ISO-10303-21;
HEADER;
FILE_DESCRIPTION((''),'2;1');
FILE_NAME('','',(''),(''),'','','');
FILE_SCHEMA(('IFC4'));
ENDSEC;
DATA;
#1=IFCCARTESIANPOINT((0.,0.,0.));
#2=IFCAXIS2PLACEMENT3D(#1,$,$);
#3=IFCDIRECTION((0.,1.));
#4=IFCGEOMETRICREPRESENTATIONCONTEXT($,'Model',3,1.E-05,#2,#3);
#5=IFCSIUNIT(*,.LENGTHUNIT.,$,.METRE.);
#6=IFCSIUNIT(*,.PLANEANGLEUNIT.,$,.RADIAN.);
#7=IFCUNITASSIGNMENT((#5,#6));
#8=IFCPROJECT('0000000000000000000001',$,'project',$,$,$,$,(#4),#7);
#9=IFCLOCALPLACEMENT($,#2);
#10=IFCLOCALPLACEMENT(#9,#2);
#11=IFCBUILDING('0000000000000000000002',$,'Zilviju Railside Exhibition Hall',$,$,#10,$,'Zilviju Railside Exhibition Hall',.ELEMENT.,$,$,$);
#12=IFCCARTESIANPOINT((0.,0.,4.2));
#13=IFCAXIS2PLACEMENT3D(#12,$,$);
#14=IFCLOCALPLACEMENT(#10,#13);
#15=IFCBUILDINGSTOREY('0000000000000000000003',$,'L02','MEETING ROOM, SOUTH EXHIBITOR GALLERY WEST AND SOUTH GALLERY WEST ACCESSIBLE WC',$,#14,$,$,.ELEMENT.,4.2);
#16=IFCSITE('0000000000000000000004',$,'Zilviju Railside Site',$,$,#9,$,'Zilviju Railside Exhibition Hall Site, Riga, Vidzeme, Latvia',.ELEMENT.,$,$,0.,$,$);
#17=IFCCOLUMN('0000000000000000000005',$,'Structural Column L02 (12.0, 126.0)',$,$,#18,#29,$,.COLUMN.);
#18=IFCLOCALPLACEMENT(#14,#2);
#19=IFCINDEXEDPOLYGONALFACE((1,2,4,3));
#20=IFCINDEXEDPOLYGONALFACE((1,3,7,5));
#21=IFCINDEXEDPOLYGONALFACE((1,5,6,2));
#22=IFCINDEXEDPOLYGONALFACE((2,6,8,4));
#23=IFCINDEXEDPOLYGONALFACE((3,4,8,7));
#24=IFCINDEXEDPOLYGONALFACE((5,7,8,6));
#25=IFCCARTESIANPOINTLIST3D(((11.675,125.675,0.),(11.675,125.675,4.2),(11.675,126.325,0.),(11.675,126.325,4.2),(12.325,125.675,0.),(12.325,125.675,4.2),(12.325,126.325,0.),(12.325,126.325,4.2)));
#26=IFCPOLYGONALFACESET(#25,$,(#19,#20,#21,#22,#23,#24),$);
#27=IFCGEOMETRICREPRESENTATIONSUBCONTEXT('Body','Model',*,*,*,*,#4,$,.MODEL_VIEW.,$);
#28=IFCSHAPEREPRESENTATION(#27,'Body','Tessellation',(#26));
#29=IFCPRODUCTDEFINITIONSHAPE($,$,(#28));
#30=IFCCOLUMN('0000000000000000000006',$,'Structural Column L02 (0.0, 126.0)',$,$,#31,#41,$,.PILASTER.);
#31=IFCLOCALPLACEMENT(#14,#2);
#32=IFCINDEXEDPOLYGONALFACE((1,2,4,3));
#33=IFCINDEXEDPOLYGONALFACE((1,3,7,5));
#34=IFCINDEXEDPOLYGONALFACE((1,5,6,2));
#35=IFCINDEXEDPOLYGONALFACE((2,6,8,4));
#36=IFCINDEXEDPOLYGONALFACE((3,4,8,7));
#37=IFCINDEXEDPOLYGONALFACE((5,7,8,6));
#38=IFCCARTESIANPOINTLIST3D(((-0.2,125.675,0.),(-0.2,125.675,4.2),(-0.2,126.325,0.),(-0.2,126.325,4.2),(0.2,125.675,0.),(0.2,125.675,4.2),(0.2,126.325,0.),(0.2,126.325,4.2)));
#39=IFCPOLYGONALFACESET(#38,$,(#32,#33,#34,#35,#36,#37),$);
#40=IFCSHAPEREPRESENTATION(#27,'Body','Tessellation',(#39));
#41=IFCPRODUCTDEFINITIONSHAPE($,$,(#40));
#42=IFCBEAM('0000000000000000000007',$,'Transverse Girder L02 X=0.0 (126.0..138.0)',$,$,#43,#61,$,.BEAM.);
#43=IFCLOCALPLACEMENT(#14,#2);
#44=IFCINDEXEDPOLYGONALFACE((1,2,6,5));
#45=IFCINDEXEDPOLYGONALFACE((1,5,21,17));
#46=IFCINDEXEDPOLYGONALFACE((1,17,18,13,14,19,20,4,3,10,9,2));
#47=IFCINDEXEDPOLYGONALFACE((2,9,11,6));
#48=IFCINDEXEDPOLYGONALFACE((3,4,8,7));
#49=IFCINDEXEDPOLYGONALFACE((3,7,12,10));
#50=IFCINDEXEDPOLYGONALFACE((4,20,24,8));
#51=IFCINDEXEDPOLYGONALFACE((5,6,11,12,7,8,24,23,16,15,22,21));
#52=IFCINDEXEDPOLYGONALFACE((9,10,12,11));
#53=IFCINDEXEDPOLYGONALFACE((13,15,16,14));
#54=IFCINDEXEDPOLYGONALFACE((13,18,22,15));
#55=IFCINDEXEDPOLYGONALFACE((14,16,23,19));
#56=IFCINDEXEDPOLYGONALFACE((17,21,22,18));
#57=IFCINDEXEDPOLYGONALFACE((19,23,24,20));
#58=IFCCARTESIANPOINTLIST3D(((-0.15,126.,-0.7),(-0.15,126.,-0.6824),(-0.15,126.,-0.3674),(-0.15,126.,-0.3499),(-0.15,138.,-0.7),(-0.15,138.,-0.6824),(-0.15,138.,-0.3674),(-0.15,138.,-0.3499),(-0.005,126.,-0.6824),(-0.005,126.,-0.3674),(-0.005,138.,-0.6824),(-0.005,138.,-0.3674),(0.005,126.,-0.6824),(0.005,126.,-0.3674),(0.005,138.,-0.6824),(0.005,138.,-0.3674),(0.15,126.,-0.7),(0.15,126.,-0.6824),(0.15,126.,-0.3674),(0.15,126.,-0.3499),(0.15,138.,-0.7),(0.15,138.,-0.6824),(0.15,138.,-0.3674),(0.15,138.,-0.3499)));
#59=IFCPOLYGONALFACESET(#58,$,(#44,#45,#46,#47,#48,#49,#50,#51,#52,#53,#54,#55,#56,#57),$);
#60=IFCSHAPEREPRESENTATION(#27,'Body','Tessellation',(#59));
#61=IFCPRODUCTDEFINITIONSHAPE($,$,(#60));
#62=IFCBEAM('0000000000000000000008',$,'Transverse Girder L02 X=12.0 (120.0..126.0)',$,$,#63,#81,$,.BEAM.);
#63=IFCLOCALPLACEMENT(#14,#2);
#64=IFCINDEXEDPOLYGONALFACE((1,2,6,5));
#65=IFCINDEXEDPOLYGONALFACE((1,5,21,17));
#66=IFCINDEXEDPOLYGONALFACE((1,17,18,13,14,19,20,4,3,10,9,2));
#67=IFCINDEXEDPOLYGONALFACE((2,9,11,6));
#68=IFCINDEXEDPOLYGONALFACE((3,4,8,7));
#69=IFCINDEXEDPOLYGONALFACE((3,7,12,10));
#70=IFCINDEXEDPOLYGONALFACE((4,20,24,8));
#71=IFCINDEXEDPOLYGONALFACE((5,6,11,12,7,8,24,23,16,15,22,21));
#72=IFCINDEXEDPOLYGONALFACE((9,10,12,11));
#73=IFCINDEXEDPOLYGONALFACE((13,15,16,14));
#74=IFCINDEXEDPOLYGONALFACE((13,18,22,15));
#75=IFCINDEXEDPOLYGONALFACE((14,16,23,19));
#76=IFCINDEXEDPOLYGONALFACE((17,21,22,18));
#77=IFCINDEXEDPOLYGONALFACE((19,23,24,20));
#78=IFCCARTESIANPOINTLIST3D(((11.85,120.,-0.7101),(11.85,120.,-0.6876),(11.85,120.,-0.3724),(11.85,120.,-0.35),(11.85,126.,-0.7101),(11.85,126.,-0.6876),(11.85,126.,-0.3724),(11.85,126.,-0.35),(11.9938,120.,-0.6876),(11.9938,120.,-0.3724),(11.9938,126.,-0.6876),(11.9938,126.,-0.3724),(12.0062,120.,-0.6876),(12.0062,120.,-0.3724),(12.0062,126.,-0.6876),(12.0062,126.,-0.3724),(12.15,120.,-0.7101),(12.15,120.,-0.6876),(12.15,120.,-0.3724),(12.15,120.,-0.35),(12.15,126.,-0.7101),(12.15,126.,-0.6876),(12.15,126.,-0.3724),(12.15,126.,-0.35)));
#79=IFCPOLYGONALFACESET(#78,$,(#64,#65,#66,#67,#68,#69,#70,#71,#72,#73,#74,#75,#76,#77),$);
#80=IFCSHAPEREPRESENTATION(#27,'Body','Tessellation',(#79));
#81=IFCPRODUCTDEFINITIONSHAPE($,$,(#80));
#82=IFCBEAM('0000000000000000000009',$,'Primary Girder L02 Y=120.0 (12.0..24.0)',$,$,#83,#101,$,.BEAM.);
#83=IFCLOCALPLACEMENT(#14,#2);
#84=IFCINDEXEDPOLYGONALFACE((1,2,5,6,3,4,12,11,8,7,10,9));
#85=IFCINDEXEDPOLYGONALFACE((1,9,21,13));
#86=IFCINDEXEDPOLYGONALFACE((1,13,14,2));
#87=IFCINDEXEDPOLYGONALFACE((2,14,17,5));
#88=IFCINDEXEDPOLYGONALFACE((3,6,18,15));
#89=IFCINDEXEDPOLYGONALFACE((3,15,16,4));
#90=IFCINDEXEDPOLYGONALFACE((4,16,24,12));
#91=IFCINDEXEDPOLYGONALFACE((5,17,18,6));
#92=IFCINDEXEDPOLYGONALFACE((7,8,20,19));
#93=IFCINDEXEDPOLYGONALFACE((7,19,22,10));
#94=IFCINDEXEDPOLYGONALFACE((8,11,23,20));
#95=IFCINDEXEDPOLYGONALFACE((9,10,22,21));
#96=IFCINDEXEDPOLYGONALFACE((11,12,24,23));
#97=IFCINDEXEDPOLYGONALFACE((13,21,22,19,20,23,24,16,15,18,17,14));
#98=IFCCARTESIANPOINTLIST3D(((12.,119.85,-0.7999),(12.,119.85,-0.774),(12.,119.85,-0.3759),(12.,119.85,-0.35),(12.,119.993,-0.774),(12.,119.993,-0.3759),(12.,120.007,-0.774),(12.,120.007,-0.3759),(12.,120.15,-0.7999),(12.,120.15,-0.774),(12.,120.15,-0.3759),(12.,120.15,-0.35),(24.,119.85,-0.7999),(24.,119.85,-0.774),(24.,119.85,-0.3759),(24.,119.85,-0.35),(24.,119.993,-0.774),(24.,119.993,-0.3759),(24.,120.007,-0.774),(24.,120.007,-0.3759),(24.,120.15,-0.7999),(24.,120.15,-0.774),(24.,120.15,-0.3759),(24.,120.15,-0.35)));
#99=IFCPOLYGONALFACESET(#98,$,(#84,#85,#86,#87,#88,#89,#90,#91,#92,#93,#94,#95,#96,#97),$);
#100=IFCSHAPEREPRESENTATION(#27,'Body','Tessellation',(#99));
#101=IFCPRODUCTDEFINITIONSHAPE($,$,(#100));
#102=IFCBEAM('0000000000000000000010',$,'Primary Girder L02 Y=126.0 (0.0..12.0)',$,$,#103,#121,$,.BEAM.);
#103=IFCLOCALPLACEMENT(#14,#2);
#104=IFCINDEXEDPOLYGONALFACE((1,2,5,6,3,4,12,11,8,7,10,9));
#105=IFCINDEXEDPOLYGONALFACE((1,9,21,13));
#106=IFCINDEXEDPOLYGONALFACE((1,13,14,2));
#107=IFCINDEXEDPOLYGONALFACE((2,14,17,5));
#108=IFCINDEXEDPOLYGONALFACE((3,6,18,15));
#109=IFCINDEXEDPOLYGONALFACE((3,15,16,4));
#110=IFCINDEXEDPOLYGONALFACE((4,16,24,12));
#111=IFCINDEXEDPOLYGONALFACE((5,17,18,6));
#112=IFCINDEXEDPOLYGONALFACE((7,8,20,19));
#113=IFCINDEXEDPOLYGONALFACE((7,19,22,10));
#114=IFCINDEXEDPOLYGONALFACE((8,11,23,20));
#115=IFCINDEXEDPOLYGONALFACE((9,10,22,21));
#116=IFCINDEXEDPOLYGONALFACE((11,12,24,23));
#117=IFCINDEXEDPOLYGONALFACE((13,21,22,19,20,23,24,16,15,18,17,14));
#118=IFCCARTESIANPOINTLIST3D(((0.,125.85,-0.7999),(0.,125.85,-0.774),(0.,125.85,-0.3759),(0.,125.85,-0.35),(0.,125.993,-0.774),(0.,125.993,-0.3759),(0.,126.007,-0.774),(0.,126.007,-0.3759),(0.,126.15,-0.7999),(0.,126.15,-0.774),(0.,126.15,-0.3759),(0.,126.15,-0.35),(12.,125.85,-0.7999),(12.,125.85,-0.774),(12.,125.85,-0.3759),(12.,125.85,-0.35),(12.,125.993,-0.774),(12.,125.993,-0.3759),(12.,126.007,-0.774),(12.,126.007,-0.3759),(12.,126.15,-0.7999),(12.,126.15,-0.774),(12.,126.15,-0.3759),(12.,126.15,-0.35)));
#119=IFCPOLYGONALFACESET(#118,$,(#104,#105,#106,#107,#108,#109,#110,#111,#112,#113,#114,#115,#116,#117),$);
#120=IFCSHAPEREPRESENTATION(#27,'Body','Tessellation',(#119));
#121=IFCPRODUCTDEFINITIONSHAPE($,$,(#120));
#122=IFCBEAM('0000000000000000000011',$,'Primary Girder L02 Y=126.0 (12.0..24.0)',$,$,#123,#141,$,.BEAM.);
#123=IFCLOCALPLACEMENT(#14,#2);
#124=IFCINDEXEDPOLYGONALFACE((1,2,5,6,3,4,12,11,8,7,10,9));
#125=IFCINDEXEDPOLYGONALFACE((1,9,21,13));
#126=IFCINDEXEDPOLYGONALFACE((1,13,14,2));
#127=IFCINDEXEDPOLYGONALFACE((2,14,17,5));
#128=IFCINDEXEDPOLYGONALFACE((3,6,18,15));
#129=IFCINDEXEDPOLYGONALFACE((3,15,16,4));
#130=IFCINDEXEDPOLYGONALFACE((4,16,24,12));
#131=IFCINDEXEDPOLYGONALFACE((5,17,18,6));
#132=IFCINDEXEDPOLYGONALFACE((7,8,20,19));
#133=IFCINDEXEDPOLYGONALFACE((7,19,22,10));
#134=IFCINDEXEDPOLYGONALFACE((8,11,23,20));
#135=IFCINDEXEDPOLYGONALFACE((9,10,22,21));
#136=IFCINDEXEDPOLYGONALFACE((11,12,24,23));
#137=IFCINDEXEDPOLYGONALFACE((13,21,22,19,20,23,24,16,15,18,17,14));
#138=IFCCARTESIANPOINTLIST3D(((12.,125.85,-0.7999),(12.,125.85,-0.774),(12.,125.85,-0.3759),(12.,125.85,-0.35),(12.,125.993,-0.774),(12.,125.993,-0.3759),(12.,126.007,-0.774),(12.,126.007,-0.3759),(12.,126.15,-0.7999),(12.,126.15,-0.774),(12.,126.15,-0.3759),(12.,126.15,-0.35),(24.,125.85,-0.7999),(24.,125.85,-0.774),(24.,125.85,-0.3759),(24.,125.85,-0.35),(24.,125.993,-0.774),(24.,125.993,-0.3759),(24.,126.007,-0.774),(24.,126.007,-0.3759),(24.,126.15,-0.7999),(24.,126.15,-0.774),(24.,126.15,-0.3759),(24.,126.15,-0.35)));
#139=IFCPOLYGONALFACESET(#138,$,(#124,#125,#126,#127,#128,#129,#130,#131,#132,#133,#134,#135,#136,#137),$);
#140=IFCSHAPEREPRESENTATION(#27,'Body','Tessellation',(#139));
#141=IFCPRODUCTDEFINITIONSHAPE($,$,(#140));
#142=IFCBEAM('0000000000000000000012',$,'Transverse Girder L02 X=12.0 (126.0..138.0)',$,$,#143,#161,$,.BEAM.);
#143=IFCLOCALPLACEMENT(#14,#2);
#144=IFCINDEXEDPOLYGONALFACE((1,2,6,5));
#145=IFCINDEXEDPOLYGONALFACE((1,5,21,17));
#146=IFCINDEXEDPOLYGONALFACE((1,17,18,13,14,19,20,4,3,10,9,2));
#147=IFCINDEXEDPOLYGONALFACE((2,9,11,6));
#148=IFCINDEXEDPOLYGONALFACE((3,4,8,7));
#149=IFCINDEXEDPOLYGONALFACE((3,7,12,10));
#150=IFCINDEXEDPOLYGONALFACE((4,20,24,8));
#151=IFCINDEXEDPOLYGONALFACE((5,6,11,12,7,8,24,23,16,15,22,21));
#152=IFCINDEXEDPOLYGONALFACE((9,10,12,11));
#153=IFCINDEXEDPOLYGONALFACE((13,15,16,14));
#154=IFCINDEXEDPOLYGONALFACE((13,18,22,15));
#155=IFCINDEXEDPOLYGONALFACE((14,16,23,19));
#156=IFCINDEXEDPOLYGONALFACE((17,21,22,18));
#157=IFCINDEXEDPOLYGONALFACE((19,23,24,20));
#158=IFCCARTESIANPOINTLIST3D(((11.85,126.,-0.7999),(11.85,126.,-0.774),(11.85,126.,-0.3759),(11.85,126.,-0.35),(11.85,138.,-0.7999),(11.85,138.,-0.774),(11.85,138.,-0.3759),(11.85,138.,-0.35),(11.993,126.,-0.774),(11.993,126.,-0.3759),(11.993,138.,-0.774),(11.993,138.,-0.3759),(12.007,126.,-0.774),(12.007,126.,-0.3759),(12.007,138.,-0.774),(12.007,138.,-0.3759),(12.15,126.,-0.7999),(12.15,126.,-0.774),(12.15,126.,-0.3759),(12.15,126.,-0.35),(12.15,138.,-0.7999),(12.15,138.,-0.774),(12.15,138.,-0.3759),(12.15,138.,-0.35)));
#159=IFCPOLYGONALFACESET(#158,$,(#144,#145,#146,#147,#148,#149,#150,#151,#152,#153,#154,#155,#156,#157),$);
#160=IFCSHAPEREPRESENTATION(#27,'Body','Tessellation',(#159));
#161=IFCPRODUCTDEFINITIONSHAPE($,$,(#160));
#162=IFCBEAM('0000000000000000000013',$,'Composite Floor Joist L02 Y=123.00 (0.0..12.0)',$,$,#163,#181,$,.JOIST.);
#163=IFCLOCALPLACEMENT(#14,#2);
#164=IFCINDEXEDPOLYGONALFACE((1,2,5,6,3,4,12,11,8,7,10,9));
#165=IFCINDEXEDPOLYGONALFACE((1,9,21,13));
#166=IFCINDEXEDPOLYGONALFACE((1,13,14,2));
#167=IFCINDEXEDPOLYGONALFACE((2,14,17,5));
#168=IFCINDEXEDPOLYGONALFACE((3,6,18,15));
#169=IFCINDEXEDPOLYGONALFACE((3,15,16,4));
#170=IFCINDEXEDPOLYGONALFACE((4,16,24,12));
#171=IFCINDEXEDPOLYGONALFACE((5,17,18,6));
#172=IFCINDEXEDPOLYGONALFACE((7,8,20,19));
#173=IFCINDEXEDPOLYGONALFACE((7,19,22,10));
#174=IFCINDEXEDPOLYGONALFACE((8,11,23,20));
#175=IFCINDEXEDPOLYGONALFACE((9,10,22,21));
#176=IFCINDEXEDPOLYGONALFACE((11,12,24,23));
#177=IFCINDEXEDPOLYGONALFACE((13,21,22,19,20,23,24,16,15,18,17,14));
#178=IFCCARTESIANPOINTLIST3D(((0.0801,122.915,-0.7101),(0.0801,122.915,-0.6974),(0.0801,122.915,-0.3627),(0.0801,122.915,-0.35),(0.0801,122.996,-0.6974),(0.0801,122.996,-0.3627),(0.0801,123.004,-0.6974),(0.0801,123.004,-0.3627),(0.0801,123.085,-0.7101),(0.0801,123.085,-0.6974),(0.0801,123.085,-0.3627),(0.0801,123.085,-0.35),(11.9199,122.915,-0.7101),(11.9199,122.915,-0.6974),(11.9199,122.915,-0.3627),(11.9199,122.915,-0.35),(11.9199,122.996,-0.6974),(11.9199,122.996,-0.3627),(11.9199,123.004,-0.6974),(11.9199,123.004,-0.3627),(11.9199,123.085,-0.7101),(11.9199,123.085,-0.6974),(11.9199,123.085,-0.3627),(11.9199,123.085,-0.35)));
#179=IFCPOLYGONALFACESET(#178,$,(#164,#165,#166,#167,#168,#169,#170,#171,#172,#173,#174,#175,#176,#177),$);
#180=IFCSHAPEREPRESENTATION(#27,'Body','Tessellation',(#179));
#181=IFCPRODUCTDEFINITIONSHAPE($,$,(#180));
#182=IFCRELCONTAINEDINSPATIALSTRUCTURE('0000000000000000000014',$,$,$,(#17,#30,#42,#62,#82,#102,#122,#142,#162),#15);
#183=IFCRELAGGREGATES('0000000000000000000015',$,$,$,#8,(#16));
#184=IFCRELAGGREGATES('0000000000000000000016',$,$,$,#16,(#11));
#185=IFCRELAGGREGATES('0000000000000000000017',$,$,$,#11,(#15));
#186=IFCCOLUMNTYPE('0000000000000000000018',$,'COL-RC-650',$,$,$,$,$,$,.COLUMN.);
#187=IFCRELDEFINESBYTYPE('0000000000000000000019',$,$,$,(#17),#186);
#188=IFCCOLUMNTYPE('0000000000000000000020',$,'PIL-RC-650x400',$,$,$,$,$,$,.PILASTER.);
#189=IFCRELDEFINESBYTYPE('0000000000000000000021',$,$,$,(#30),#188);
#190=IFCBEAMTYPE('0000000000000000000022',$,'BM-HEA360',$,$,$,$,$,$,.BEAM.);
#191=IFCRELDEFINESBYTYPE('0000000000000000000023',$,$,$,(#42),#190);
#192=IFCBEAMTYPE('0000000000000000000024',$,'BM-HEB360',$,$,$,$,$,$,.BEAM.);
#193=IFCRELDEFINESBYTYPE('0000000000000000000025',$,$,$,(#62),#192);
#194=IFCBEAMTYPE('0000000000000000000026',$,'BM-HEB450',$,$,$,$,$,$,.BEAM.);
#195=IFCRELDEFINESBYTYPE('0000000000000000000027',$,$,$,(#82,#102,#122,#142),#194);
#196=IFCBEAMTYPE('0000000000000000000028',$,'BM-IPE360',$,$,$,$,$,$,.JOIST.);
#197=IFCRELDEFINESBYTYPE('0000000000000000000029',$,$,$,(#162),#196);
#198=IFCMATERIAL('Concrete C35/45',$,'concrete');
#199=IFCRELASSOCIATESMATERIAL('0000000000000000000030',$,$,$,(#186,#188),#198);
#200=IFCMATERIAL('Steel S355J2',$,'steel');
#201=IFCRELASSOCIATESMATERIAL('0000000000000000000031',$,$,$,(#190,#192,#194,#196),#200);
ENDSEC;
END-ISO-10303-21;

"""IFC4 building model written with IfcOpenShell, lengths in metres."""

from ifc_helpers import new_model, si_unit, direction, frame, origin, origin_2d, place, context, subcontext, project, spatial, rectangle, i_section, extrude, material, material_profile, profile_set, type_object, element, save


model = new_model("IFC4")

# Units and contexts
model_context = context("Model", 3, precision=1e-05, world=origin(), true_north=direction((0.0, 1.0)))
body_context = subcontext(model_context, "Body", "Model", "MODEL_VIEW")
ifc_project = project(units=[si_unit("LENGTHUNIT", "METRE"), si_unit("PLANEANGLEUNIT", "RADIAN")], contexts=[model_context])

# Site, building, storey
site_placement = place(None, origin())
site = spatial("IfcSite", under=ifc_project, at=site_placement, Name="Zilviju Railside Site", LongName="Zilviju Railside Exhibition Hall Site, Riga, Vidzeme, Latvia", CompositionType="ELEMENT", RefElevation=0.0)
building_placement = place(site_placement, origin())
building = spatial("IfcBuilding", under=site, at=building_placement, Name="Zilviju Railside Exhibition Hall", LongName="Zilviju Railside Exhibition Hall", CompositionType="ELEMENT")
storey_placement = place(building_placement, frame((0.0, 0.0, 4.2)))
storey = spatial("IfcBuildingStorey", under=building, at=storey_placement, Name="L02", Description="MEETING ROOM, SOUTH EXHIBITOR GALLERY WEST AND SOUTH GALLERY WEST ACCESSIBLE WC", CompositionType="ELEMENT", Elevation=4.2)

# Columns
ifc_material_1 = material(Name="Concrete C35/45", Category="concrete")
ifc_material_profile_1 = material_profile(ifc_material_1, rectangle(XDim=0.6499, YDim=0.6499, at=origin_2d()), Name="RC COL 650x650")
ifc_profile_set_1 = profile_set([ifc_material_profile_1], Name="Concrete C35/45")
column_type_1 = type_object("IfcColumnType", Name="COL-RC-650", PredefinedType="COLUMN", material=ifc_profile_set_1)
column_1_placement = place(storey_placement, frame((12.0, 126.0, 0.0), z_axis=(0.0, 0.0, 1.0), x_axis=(1.0, 0.0, 0.0)))
element("IfcColumn", 1, at=column_1_placement, inside=storey, type_object=column_type_1, Name="Structural Column L02 (12.0, 126.0)", PredefinedType="COLUMN", context=body_context, shape_type="SweptSolid", body=[
    extrude(rectangle(XDim=0.6499, YDim=0.6499, at=origin_2d()), origin(), (0.0, 0.0, 1.0), 4.2),
])
ifc_material_profile_2 = material_profile(ifc_material_1, rectangle(XDim=0.3999, YDim=0.6499, at=origin_2d()), Name="RC COL 400x650")
ifc_profile_set_2 = profile_set([ifc_material_profile_2], Name="Concrete C35/45")
column_type_2 = type_object("IfcColumnType", Name="PIL-RC-650x400", PredefinedType="PILASTER", material=ifc_profile_set_2)
column_2_placement = place(storey_placement, frame((0.0, 126.0, 0.0), z_axis=(0.0, 0.0, 1.0), x_axis=(1.0, 0.0, 0.0)))
element("IfcColumn", 2, at=column_2_placement, inside=storey, type_object=column_type_2, Name="Structural Column L02 (0.0, 126.0)", PredefinedType="PILASTER", context=body_context, shape_type="SweptSolid", body=[
    extrude(rectangle(XDim=0.3999, YDim=0.6499, at=origin_2d()), origin(), (0.0, 0.0, 1.0), 4.2),
])

# Beams
ifc_material_2 = material(Name="Steel S355J2", Category="steel")
ifc_material_profile_3 = material_profile(ifc_material_2, i_section(OverallWidth=0.3, OverallDepth=0.3501, WebThickness=0.01, FlangeThickness=0.0176, at=origin_2d()), Name="HEA 360")
ifc_profile_set_3 = profile_set([ifc_material_profile_3], Name="Steel S355J2")
beam_type_1 = type_object("IfcBeamType", Name="BM-HEA360", PredefinedType="BEAM", material=ifc_profile_set_3)
beam_1_placement = place(storey_placement, frame((0.0, 126.0, -0.5249), z_axis=(0.0, 1.0, 0.0), x_axis=(-1.0, 0.0, 0.0)))
element("IfcBeam", 3, at=beam_1_placement, inside=storey, type_object=beam_type_1, Name="Transverse Girder L02 X=0.0 (126.0..138.0)", PredefinedType="BEAM", context=body_context, shape_type="SweptSolid", body=[
    extrude(i_section(OverallWidth=0.3, OverallDepth=0.3501, WebThickness=0.01, FlangeThickness=0.0176, at=origin_2d()), origin(), (0.0, 0.0, 1.0), 12.0),
])
ifc_material_profile_4 = material_profile(ifc_material_2, i_section(OverallWidth=0.3, OverallDepth=0.3601, WebThickness=0.0125, FlangeThickness=0.0225, at=origin_2d()), Name="HEB 360")
ifc_profile_set_4 = profile_set([ifc_material_profile_4], Name="Steel S355J2")
beam_type_2 = type_object("IfcBeamType", Name="BM-HEB360", PredefinedType="BEAM", material=ifc_profile_set_4)
beam_2_placement = place(storey_placement, frame((12.0, 120.0, -0.53), z_axis=(0.0, 1.0, 0.0), x_axis=(-1.0, 0.0, 0.0)))
element("IfcBeam", 4, at=beam_2_placement, inside=storey, type_object=beam_type_2, Name="Transverse Girder L02 X=12.0 (120.0..126.0)", PredefinedType="BEAM", context=body_context, shape_type="SweptSolid", body=[
    extrude(i_section(OverallWidth=0.3, OverallDepth=0.3601, WebThickness=0.0125, FlangeThickness=0.0225, at=origin_2d()), origin(), (0.0, 0.0, 1.0), 6.0),
])
ifc_material_profile_5 = material_profile(ifc_material_2, i_section(OverallWidth=0.3, OverallDepth=0.45, WebThickness=0.0139, FlangeThickness=0.0259, at=origin_2d()), Name="HEB 450")
ifc_profile_set_5 = profile_set([ifc_material_profile_5], Name="Steel S355J2")
beam_type_3 = type_object("IfcBeamType", Name="BM-HEB450", PredefinedType="BEAM", material=ifc_profile_set_5)
for number, where, z_axis, x_axis, name in (
    (5, (12.0, 120.0, -0.575), (1.0, 0.0, 0.0), (0.0, 1.0, 0.0), "Primary Girder L02 Y=120.0 (12.0..24.0)"),
    (6, (0.0, 126.0, -0.575), (1.0, 0.0, 0.0), (0.0, 1.0, 0.0), "Primary Girder L02 Y=126.0 (0.0..12.0)"),
    (7, (12.0, 126.0, -0.575), (1.0, 0.0, 0.0), (0.0, 1.0, 0.0), "Primary Girder L02 Y=126.0 (12.0..24.0)"),
    (8, (12.0, 126.0, -0.575), (0.0, 1.0, 0.0), (-1.0, 0.0, 0.0), "Transverse Girder L02 X=12.0 (126.0..138.0)"),
):
    element("IfcBeam", number, at=place(storey_placement, frame(where, z_axis=z_axis, x_axis=x_axis)), inside=storey, type_object=beam_type_3, Name=name, PredefinedType="BEAM", context=body_context, shape_type="SweptSolid", body=[
        extrude(i_section(OverallWidth=0.3, OverallDepth=0.45, WebThickness=0.0139, FlangeThickness=0.0259, at=origin_2d()), origin(), (0.0, 0.0, 1.0), 12.0),
    ])
ifc_material_profile_6 = material_profile(ifc_material_2, i_section(OverallWidth=0.1699, OverallDepth=0.3601, WebThickness=0.0081, FlangeThickness=0.0127, at=origin_2d()), Name="IPE 360")
ifc_profile_set_6 = profile_set([ifc_material_profile_6], Name="Steel S355J2")
beam_type_4 = type_object("IfcBeamType", Name="BM-IPE360", PredefinedType="JOIST", material=ifc_profile_set_6)
for number, where, z_axis, x_axis, name in (
    (9, (0.0801, 123.0, -0.53), (1.0, 0.0, 0.0), (0.0, 1.0, 0.0), "Composite Floor Joist L02 Y=123.00 (0.0..12.0)"),
):
    element("IfcBeam", number, at=place(storey_placement, frame(where, z_axis=z_axis, x_axis=x_axis)), inside=storey, type_object=beam_type_4, Name=name, PredefinedType="JOIST", context=body_context, shape_type="SweptSolid", body=[
        extrude(i_section(OverallWidth=0.1699, OverallDepth=0.3601, WebThickness=0.0081, FlangeThickness=0.0127, at=origin_2d()), origin(), (0.0, 0.0, 1.0), 11.8398),
    ])

save(model, "model.ifc")
